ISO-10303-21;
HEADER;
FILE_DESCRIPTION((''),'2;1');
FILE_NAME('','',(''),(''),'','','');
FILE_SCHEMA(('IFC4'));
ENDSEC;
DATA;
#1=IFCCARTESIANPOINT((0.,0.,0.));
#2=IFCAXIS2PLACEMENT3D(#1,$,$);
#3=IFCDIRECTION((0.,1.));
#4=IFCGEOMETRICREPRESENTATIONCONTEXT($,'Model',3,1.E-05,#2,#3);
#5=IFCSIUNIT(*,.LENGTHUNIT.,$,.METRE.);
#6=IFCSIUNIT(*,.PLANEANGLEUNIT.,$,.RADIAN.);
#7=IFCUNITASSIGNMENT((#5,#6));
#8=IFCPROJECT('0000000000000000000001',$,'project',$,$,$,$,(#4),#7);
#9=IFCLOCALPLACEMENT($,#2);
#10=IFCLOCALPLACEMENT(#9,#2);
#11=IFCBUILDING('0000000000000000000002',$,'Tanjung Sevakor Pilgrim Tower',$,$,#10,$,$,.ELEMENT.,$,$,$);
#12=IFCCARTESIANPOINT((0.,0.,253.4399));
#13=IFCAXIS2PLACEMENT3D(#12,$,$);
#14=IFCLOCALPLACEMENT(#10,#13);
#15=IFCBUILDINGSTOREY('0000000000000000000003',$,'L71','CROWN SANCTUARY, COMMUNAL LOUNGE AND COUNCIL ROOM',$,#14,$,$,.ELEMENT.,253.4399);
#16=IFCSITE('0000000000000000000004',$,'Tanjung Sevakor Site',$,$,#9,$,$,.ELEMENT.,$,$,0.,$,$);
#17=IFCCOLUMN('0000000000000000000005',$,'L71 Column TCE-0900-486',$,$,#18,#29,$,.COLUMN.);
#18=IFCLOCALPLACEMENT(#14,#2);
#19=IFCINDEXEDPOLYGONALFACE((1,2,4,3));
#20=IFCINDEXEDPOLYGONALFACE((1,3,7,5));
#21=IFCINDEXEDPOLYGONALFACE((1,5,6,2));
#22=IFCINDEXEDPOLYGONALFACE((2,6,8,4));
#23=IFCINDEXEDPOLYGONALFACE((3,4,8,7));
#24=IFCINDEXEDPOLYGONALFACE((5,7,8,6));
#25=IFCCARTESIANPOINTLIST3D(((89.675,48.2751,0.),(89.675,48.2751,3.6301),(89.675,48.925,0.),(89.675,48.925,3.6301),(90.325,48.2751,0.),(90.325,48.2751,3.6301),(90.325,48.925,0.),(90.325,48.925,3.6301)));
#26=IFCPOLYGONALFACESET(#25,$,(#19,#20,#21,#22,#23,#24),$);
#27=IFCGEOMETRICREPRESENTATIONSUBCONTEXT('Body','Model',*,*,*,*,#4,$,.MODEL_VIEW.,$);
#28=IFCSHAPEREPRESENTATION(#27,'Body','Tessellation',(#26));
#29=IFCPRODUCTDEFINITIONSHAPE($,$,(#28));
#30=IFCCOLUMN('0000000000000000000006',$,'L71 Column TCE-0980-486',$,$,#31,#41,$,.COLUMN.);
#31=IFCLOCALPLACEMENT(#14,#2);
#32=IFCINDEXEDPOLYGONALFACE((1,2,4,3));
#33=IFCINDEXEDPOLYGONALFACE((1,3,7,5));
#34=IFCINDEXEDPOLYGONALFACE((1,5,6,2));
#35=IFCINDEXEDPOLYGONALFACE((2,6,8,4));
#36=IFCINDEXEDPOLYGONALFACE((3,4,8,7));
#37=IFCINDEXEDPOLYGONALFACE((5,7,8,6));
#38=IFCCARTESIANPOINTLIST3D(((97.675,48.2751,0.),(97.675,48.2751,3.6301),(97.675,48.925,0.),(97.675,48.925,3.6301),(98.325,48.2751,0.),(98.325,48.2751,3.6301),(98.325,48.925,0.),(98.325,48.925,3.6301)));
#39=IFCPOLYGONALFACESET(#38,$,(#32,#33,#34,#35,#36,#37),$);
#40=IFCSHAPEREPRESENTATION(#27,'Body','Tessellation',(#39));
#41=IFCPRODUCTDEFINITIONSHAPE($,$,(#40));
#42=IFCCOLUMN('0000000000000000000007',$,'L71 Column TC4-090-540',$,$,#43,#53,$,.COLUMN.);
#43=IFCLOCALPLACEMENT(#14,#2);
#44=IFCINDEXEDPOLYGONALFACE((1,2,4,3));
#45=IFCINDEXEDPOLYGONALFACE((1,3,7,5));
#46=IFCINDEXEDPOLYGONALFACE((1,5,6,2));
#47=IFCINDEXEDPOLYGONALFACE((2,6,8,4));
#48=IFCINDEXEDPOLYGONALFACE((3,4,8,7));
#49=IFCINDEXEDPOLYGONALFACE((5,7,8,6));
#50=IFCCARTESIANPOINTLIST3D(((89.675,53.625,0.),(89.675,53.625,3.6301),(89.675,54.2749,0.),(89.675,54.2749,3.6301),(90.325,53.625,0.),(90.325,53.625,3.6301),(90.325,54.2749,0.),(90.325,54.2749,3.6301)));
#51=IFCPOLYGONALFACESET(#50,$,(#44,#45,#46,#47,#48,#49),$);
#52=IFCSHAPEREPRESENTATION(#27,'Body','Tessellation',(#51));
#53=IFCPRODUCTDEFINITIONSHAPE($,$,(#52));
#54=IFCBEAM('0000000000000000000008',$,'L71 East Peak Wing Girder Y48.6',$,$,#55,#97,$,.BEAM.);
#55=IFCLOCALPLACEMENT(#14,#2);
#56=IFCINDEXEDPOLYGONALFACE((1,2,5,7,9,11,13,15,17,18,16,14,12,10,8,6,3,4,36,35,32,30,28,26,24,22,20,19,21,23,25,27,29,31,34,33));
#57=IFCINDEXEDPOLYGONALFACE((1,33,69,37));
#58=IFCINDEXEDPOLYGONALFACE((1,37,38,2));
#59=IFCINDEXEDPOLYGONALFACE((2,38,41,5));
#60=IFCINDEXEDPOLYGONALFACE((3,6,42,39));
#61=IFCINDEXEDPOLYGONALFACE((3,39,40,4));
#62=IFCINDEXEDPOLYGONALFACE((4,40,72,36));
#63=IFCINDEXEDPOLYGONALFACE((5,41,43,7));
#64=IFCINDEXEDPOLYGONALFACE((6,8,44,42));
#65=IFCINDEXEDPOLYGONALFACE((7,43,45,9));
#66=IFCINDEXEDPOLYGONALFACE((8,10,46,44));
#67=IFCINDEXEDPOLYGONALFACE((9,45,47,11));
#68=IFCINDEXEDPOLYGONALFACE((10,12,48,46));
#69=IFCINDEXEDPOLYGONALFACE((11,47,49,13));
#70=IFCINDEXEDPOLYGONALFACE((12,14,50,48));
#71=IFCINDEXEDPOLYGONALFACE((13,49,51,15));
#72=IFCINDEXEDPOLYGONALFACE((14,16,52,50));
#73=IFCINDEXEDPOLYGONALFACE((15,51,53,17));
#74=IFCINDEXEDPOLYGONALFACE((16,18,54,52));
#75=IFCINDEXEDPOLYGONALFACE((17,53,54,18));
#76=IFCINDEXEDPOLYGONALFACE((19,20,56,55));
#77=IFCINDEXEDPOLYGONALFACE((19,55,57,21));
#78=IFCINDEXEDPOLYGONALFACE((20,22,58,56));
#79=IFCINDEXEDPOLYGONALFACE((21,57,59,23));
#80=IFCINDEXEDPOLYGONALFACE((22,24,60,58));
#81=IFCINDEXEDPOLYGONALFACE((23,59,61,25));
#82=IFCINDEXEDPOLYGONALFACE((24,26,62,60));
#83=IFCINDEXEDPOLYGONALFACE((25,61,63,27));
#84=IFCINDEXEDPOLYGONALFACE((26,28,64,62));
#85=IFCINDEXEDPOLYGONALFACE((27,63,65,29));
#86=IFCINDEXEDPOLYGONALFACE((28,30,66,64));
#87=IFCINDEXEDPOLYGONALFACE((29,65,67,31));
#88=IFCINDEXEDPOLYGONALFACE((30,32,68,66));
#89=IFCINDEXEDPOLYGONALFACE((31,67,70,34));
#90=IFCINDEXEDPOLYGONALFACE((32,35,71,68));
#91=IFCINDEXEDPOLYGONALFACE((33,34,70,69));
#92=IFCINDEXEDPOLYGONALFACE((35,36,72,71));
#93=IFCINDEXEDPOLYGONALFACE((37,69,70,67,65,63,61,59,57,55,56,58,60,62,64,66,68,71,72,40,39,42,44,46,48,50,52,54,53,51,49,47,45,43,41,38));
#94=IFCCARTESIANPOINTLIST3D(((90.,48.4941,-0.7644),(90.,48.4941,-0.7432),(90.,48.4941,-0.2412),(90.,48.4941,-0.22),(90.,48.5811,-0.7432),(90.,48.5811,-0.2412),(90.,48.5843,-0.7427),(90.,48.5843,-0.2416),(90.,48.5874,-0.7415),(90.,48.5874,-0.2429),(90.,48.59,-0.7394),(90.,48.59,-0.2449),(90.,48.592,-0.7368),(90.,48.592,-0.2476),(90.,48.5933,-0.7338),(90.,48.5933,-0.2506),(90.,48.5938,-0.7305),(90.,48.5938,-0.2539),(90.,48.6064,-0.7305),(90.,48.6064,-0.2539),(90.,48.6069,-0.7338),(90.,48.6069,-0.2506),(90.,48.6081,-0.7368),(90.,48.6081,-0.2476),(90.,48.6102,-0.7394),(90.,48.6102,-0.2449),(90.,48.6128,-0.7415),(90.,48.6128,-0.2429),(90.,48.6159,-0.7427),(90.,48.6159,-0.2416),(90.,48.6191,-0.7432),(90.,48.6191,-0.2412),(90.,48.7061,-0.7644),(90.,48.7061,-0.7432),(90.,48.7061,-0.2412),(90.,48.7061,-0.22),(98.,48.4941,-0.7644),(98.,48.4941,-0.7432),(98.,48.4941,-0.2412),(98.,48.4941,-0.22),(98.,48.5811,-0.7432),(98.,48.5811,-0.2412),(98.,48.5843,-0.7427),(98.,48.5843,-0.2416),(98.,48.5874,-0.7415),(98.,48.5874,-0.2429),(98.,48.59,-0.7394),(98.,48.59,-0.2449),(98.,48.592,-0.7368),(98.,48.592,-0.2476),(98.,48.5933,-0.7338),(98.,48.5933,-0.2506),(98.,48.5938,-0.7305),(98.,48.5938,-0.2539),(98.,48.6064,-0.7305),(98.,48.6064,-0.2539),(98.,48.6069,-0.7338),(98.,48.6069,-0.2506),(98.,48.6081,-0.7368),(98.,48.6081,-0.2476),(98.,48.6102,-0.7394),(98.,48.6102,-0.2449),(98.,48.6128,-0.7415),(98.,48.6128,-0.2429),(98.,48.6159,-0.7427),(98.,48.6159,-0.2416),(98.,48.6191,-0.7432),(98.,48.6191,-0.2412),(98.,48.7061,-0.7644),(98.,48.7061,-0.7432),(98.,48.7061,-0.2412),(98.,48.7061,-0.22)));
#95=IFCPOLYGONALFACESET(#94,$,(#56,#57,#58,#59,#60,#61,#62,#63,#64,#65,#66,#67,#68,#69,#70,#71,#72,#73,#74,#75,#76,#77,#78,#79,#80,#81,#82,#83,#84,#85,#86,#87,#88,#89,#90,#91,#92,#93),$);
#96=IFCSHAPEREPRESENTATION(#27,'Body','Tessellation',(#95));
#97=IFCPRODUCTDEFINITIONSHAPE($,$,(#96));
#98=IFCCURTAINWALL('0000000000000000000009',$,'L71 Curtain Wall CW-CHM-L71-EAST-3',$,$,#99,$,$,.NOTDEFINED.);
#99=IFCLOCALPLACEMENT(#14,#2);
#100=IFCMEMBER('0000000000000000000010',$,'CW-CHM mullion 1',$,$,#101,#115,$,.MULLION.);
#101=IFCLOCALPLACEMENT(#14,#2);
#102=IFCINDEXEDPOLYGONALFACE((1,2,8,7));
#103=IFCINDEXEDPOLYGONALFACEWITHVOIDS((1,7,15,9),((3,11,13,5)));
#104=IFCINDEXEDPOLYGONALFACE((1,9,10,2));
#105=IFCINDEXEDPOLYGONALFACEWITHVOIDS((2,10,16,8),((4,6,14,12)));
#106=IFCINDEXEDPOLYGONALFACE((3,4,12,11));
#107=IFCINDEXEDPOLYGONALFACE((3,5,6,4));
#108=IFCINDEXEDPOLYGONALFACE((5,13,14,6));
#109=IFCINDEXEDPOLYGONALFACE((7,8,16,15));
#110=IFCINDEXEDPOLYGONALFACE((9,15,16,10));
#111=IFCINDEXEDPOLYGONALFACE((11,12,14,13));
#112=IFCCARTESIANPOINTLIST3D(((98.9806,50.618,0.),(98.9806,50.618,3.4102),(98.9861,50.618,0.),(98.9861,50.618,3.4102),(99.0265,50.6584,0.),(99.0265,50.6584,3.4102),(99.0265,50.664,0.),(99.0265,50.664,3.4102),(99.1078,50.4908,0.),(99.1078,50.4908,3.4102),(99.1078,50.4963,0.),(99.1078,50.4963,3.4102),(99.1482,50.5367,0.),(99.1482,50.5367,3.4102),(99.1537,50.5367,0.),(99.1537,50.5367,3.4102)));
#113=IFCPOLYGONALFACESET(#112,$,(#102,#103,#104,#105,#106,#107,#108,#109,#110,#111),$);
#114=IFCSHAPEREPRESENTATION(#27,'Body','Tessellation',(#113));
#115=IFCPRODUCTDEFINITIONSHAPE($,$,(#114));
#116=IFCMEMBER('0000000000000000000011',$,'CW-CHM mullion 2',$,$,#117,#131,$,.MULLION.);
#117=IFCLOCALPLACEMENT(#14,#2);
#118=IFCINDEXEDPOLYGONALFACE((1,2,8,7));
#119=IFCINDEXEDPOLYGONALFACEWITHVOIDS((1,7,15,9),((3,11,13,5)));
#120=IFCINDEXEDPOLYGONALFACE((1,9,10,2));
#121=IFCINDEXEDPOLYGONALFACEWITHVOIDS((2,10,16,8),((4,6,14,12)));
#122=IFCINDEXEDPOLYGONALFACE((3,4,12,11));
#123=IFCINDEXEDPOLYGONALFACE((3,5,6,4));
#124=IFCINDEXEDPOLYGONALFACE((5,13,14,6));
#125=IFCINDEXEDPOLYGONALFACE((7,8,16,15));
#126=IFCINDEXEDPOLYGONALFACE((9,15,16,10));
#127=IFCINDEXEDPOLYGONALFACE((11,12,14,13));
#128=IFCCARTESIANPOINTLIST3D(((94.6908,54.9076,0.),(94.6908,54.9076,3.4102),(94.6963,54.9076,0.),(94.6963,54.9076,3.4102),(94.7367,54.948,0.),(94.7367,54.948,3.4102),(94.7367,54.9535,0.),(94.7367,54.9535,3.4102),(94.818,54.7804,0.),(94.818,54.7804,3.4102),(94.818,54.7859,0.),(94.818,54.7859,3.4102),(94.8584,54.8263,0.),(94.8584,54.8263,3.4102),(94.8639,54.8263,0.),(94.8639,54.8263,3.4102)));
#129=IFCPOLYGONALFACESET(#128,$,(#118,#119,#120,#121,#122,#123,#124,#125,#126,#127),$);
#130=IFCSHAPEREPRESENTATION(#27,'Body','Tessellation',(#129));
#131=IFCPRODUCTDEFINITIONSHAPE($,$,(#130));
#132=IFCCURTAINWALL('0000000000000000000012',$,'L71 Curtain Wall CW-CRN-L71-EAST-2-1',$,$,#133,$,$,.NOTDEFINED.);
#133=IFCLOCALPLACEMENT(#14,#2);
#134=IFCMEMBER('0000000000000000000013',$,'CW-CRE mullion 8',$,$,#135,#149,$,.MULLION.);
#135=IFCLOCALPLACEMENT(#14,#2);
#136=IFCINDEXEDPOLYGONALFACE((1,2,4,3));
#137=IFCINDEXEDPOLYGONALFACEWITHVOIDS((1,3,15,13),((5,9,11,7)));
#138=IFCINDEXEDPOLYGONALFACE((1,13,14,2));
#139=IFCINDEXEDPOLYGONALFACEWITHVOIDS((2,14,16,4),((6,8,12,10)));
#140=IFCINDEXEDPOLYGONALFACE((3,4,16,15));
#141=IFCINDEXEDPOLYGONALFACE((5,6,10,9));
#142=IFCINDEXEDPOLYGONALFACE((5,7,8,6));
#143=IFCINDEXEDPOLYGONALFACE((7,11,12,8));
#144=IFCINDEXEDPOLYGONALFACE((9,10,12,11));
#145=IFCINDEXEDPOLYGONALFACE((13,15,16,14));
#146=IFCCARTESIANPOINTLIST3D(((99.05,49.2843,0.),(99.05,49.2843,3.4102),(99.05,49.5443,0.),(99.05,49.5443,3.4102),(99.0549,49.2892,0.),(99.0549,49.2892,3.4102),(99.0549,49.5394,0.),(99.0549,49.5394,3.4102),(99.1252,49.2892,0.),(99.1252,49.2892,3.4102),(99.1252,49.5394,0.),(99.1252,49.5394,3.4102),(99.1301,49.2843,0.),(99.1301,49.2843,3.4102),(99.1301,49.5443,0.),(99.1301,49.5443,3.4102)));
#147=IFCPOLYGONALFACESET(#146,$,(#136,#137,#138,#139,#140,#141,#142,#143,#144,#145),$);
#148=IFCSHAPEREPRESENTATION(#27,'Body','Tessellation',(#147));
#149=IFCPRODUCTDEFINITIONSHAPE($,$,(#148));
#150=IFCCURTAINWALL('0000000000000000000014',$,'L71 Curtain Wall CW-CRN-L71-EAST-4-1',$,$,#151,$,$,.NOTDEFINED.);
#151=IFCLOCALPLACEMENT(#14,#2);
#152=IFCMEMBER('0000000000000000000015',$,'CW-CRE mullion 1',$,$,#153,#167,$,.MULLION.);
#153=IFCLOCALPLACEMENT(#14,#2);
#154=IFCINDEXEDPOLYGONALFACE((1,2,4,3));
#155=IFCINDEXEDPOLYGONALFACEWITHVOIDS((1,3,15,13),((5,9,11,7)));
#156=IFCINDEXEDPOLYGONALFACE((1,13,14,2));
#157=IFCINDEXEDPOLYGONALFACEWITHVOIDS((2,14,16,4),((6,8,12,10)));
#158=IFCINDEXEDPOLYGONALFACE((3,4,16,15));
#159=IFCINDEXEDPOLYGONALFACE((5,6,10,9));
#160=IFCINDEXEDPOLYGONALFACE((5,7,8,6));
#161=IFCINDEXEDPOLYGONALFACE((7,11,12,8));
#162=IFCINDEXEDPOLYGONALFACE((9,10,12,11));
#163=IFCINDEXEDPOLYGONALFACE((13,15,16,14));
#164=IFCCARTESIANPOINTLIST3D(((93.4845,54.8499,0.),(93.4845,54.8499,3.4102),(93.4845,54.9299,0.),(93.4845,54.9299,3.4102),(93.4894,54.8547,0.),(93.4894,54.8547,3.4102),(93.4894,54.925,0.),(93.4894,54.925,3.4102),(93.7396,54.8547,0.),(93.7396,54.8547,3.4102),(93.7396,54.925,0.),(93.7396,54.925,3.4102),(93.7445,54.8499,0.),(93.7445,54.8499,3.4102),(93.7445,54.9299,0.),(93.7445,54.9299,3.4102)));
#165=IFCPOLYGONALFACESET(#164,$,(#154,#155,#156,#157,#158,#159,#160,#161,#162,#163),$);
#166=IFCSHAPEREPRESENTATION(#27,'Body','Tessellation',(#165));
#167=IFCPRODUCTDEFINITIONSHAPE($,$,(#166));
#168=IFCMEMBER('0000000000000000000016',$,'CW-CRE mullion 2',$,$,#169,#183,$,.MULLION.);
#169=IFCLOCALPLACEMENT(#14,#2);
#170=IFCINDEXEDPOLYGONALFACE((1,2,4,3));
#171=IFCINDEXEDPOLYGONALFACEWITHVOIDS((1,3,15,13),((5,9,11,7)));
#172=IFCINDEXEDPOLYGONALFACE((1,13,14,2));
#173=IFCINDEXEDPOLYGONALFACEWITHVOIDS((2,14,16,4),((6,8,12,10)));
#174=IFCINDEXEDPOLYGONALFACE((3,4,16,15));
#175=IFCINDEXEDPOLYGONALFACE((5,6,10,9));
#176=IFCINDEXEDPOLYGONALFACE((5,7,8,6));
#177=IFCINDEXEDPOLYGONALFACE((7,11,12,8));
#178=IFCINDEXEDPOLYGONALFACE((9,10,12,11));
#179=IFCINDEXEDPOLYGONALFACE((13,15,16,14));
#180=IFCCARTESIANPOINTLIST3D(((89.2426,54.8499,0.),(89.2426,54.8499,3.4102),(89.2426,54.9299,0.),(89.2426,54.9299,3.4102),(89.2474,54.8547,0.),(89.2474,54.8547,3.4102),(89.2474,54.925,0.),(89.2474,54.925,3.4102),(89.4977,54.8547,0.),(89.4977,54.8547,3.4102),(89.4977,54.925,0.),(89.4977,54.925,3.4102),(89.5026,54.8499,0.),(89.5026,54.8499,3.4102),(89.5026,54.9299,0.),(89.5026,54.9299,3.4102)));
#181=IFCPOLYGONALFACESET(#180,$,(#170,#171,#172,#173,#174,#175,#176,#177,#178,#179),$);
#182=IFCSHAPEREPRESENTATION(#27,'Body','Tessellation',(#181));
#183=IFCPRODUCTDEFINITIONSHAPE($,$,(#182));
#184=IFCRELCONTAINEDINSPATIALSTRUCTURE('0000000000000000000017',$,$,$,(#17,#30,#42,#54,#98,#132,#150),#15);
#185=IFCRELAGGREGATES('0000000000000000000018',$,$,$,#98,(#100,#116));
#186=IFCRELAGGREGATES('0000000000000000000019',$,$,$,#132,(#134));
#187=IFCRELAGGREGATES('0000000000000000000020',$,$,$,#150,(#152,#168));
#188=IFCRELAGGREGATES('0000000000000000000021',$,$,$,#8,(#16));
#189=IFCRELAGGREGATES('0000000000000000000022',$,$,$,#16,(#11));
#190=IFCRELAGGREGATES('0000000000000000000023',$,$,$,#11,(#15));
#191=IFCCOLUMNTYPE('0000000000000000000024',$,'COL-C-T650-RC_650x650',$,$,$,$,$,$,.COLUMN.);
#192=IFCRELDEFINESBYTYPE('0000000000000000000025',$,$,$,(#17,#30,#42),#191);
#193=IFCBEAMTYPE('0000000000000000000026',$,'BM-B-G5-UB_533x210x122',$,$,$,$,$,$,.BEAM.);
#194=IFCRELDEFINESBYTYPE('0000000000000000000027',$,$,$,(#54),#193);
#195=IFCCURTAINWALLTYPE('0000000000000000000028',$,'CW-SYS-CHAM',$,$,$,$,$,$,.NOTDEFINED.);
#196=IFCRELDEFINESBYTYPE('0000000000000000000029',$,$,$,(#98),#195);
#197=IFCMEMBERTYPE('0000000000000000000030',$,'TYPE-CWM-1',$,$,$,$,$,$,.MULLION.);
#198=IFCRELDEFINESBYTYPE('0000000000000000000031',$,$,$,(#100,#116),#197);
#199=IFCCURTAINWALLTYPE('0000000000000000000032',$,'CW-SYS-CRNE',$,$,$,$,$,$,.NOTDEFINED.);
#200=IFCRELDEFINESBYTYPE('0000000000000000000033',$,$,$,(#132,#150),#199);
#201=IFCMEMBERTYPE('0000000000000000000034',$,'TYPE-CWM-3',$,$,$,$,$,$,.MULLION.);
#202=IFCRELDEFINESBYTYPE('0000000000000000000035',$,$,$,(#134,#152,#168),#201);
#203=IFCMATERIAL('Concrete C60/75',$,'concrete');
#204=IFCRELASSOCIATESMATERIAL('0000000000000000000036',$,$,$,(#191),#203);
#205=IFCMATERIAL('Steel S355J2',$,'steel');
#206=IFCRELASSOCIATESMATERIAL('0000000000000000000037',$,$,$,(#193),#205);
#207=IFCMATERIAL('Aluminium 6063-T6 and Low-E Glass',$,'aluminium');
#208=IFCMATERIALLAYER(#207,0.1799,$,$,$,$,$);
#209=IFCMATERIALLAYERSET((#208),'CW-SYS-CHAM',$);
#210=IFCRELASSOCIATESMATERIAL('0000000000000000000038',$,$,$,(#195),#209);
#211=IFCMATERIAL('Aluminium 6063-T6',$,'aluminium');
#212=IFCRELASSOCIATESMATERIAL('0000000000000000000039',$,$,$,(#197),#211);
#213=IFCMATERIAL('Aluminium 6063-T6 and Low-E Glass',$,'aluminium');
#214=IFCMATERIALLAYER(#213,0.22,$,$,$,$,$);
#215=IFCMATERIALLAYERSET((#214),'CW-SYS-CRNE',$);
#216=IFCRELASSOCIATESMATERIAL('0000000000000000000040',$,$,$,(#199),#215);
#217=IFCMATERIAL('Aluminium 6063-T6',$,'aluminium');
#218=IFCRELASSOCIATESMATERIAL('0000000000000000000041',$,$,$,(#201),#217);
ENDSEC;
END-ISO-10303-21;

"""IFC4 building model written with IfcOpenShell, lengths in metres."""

from ifc_helpers import new_model, si_unit, direction, frame, origin, origin_2d, place, context, subcontext, project, spatial, rectangle, hollow_rectangle, i_section, extrude, material, layer, layer_set, material_profile, profile_set, type_object, element, aggregate, save


model = new_model("IFC4")

# Units and contexts
model_context = context("Model", 3, precision=1e-05, world=origin(), true_north=direction((0.0, 1.0)))
body_context = subcontext(model_context, "Body", "Model", "MODEL_VIEW")
ifc_project = project(units=[si_unit("LENGTHUNIT", "METRE"), si_unit("PLANEANGLEUNIT", "RADIAN")], contexts=[model_context])

# Site, building, storey
site_placement = place(None, origin())
site = spatial("IfcSite", under=ifc_project, at=site_placement, Name="Tanjung Sevakor Site", CompositionType="ELEMENT", RefElevation=0.0)
building_placement = place(site_placement, origin())
building = spatial("IfcBuilding", under=site, at=building_placement, Name="Tanjung Sevakor Pilgrim Tower", CompositionType="ELEMENT")
storey_placement = place(building_placement, frame((0.0, 0.0, 253.4399)))
storey = spatial("IfcBuildingStorey", under=building, at=storey_placement, Name="L71", Description="CROWN SANCTUARY, COMMUNAL LOUNGE AND COUNCIL ROOM", CompositionType="ELEMENT", Elevation=253.4399)

# Columns
ifc_material_1 = material(Name="Concrete C60/75", Category="concrete")
ifc_material_profile_1 = material_profile(ifc_material_1, rectangle(XDim=0.6499, YDim=0.6499, at=origin_2d()))
ifc_profile_set_1 = profile_set([ifc_material_profile_1], Name="Concrete C60/75")
column_type = type_object("IfcColumnType", Name="COL-C-T650-RC_650x650", PredefinedType="COLUMN", material=ifc_profile_set_1)
for number, where, z_axis, x_axis, name in (
    (1, (90.0, 48.6001, 0.0), (0.0, 0.0, 1.0), (1.0, 0.0, 0.0), "L71 Column TCE-0900-486"),
    (2, (98.0, 48.6001, 0.0), (0.0, 0.0, 1.0), (1.0, 0.0, 0.0), "L71 Column TCE-0980-486"),
    (3, (90.0, 53.95, 0.0), (0.0, 0.0, 1.0), (1.0, 0.0, 0.0), "L71 Column TC4-090-540"),
):
    element("IfcColumn", number, at=place(storey_placement, frame(where, z_axis=z_axis, x_axis=x_axis)), inside=storey, type_object=column_type, Name=name, PredefinedType="COLUMN", context=body_context, shape_type="SweptSolid", body=[
        extrude(rectangle(XDim=0.6499, YDim=0.6499, at=origin_2d()), origin(), (0.0, 0.0, 1.0), 3.6301),
    ])

# Beam
ifc_material_2 = material(Name="Steel S355J2", Category="steel")
ifc_material_profile_2 = material_profile(ifc_material_2, i_section(OverallWidth=0.2119, OverallDepth=0.5444, WebThickness=0.0127, FlangeThickness=0.0212, FilletRadius=0.0127, at=origin_2d()))
ifc_profile_set_2 = profile_set([ifc_material_profile_2], Name="Steel S355J2")
beam_type = type_object("IfcBeamType", Name="BM-B-G5-UB_533x210x122", PredefinedType="BEAM", material=ifc_profile_set_2)
beam_placement = place(storey_placement, frame((90.0, 48.6001, -0.4922), z_axis=(1.0, 0.0, 0.0), x_axis=(0.0, 1.0, 0.0)))
element("IfcBeam", 4, at=beam_placement, inside=storey, type_object=beam_type, Name="L71 East Peak Wing Girder Y48.6", PredefinedType="BEAM", context=body_context, shape_type="SweptSolid", body=[
    extrude(i_section(OverallWidth=0.2119, OverallDepth=0.5444, WebThickness=0.0127, FlangeThickness=0.0212, FilletRadius=0.0127, at=origin_2d()), origin(), (0.0, 0.0, 1.0), 8.0),
])

# Curtain wall, members
ifc_material_3 = material(Name="Aluminium 6063-T6 and Low-E Glass", Category="aluminium")
ifc_layer_1 = layer(ifc_material_3, 0.1799)
ifc_layer_set_1 = layer_set([ifc_layer_1], Name="CW-SYS-CHAM")
curtain_wall_type_1 = type_object("IfcCurtainWallType", Name="CW-SYS-CHAM", PredefinedType="NOTDEFINED", material=ifc_layer_set_1)
curtain_wall_1_placement = place(storey_placement, origin())
curtain_wall_1 = element("IfcCurtainWall", 5, at=curtain_wall_1_placement, inside=storey, type_object=curtain_wall_type_1, Name="L71 Curtain Wall CW-CHM-L71-EAST-3", PredefinedType="NOTDEFINED")
ifc_material_4 = material(Name="Aluminium 6063-T6", Category="aluminium")
ifc_material_profile_3 = material_profile(ifc_material_4, hollow_rectangle(XDim=0.0649, YDim=0.1799, WallThickness=0.0039, at=origin_2d()))
ifc_profile_set_3 = profile_set([ifc_material_profile_3], Name="Aluminium 6063-T6")
member_type_1 = type_object("IfcMemberType", Name="TYPE-CWM-1", PredefinedType="MULLION", material=ifc_profile_set_3)
member_1_placement = place(storey_placement, frame((99.0671, 50.5774, 0.0), z_axis=(0.0, 0.0, 1.0), x_axis=(-0.707107, -0.707107, 0.0)))
member_1 = element("IfcMember", 6, at=member_1_placement, type_object=member_type_1, Name="CW-CHM mullion 1", PredefinedType="MULLION", context=body_context, shape_type="SweptSolid", body=[
    extrude(hollow_rectangle(XDim=0.0649, YDim=0.1799, WallThickness=0.0039, at=origin_2d()), origin(), (0.0, 0.0, 1.0), 3.4102),
])
member_2_placement = place(storey_placement, frame((94.7773, 54.8669, 0.0), z_axis=(0.0, 0.0, 1.0), x_axis=(-0.707107, -0.707107, 0.0)))
member_2 = element("IfcMember", 7, at=member_2_placement, type_object=member_type_1, Name="CW-CHM mullion 2", PredefinedType="MULLION", context=body_context, shape_type="SweptSolid", body=[
    extrude(hollow_rectangle(XDim=0.0649, YDim=0.1799, WallThickness=0.0039, at=origin_2d()), origin(), (0.0, 0.0, 1.0), 3.4102),
])

# Curtain wall, member
ifc_material_5 = material(Name="Aluminium 6063-T6 and Low-E Glass", Category="aluminium")
ifc_layer_2 = layer(ifc_material_5, 0.22)
ifc_layer_set_2 = layer_set([ifc_layer_2], Name="CW-SYS-CRNE")
curtain_wall_type_2 = type_object("IfcCurtainWallType", Name="CW-SYS-CRNE", PredefinedType="NOTDEFINED", material=ifc_layer_set_2)
curtain_wall_2_placement = place(storey_placement, origin())
curtain_wall_2 = element("IfcCurtainWall", 8, at=curtain_wall_2_placement, inside=storey, type_object=curtain_wall_type_2, Name="L71 Curtain Wall CW-CRN-L71-EAST-2-1", PredefinedType="NOTDEFINED")
ifc_material_6 = material(Name="Aluminium 6063-T6", Category="aluminium")
ifc_material_profile_4 = material_profile(ifc_material_6, hollow_rectangle(XDim=0.0801, YDim=0.26, WallThickness=0.0049, at=origin_2d()))
ifc_profile_set_4 = profile_set([ifc_material_profile_4], Name="Aluminium 6063-T6")
member_type_2 = type_object("IfcMemberType", Name="TYPE-CWM-3", PredefinedType="MULLION", material=ifc_profile_set_4)
member_3_placement = place(storey_placement, frame((99.0901, 49.4143, 0.0), z_axis=(0.0, 0.0, 1.0), x_axis=(-1.0, 0.0, 0.0)))
member_3 = element("IfcMember", 9, at=member_3_placement, type_object=member_type_2, Name="CW-CRE mullion 8", PredefinedType="MULLION", context=body_context, shape_type="SweptSolid", body=[
    extrude(hollow_rectangle(XDim=0.0801, YDim=0.26, WallThickness=0.0049, at=origin_2d()), origin(), (0.0, 0.0, 1.0), 3.4102),
])

# Curtain wall, members
curtain_wall_3_placement = place(storey_placement, origin())
curtain_wall_3 = element("IfcCurtainWall", 10, at=curtain_wall_3_placement, inside=storey, type_object=curtain_wall_type_2, Name="L71 Curtain Wall CW-CRN-L71-EAST-4-1", PredefinedType="NOTDEFINED")
member_4_placement = place(storey_placement, frame((93.6145, 54.8899, 0.0), z_axis=(0.0, 0.0, 1.0), x_axis=(0.0, -1.0, 0.0)))
member_4 = element("IfcMember", 11, at=member_4_placement, type_object=member_type_2, Name="CW-CRE mullion 1", PredefinedType="MULLION", context=body_context, shape_type="SweptSolid", body=[
    extrude(hollow_rectangle(XDim=0.0801, YDim=0.26, WallThickness=0.0049, at=origin_2d()), origin(), (0.0, 0.0, 1.0), 3.4102),
])
member_5_placement = place(storey_placement, frame((89.3726, 54.8899, 0.0), z_axis=(0.0, 0.0, 1.0), x_axis=(0.0, -1.0, 0.0)))
member_5 = element("IfcMember", 12, at=member_5_placement, type_object=member_type_2, Name="CW-CRE mullion 2", PredefinedType="MULLION", context=body_context, shape_type="SweptSolid", body=[
    extrude(hollow_rectangle(XDim=0.0801, YDim=0.26, WallThickness=0.0049, at=origin_2d()), origin(), (0.0, 0.0, 1.0), 3.4102),
])

aggregate(curtain_wall_1, [member_1, member_2])
aggregate(curtain_wall_2, [member_3])
aggregate(curtain_wall_3, [member_4, member_5])

save(model, "model.ifc")
